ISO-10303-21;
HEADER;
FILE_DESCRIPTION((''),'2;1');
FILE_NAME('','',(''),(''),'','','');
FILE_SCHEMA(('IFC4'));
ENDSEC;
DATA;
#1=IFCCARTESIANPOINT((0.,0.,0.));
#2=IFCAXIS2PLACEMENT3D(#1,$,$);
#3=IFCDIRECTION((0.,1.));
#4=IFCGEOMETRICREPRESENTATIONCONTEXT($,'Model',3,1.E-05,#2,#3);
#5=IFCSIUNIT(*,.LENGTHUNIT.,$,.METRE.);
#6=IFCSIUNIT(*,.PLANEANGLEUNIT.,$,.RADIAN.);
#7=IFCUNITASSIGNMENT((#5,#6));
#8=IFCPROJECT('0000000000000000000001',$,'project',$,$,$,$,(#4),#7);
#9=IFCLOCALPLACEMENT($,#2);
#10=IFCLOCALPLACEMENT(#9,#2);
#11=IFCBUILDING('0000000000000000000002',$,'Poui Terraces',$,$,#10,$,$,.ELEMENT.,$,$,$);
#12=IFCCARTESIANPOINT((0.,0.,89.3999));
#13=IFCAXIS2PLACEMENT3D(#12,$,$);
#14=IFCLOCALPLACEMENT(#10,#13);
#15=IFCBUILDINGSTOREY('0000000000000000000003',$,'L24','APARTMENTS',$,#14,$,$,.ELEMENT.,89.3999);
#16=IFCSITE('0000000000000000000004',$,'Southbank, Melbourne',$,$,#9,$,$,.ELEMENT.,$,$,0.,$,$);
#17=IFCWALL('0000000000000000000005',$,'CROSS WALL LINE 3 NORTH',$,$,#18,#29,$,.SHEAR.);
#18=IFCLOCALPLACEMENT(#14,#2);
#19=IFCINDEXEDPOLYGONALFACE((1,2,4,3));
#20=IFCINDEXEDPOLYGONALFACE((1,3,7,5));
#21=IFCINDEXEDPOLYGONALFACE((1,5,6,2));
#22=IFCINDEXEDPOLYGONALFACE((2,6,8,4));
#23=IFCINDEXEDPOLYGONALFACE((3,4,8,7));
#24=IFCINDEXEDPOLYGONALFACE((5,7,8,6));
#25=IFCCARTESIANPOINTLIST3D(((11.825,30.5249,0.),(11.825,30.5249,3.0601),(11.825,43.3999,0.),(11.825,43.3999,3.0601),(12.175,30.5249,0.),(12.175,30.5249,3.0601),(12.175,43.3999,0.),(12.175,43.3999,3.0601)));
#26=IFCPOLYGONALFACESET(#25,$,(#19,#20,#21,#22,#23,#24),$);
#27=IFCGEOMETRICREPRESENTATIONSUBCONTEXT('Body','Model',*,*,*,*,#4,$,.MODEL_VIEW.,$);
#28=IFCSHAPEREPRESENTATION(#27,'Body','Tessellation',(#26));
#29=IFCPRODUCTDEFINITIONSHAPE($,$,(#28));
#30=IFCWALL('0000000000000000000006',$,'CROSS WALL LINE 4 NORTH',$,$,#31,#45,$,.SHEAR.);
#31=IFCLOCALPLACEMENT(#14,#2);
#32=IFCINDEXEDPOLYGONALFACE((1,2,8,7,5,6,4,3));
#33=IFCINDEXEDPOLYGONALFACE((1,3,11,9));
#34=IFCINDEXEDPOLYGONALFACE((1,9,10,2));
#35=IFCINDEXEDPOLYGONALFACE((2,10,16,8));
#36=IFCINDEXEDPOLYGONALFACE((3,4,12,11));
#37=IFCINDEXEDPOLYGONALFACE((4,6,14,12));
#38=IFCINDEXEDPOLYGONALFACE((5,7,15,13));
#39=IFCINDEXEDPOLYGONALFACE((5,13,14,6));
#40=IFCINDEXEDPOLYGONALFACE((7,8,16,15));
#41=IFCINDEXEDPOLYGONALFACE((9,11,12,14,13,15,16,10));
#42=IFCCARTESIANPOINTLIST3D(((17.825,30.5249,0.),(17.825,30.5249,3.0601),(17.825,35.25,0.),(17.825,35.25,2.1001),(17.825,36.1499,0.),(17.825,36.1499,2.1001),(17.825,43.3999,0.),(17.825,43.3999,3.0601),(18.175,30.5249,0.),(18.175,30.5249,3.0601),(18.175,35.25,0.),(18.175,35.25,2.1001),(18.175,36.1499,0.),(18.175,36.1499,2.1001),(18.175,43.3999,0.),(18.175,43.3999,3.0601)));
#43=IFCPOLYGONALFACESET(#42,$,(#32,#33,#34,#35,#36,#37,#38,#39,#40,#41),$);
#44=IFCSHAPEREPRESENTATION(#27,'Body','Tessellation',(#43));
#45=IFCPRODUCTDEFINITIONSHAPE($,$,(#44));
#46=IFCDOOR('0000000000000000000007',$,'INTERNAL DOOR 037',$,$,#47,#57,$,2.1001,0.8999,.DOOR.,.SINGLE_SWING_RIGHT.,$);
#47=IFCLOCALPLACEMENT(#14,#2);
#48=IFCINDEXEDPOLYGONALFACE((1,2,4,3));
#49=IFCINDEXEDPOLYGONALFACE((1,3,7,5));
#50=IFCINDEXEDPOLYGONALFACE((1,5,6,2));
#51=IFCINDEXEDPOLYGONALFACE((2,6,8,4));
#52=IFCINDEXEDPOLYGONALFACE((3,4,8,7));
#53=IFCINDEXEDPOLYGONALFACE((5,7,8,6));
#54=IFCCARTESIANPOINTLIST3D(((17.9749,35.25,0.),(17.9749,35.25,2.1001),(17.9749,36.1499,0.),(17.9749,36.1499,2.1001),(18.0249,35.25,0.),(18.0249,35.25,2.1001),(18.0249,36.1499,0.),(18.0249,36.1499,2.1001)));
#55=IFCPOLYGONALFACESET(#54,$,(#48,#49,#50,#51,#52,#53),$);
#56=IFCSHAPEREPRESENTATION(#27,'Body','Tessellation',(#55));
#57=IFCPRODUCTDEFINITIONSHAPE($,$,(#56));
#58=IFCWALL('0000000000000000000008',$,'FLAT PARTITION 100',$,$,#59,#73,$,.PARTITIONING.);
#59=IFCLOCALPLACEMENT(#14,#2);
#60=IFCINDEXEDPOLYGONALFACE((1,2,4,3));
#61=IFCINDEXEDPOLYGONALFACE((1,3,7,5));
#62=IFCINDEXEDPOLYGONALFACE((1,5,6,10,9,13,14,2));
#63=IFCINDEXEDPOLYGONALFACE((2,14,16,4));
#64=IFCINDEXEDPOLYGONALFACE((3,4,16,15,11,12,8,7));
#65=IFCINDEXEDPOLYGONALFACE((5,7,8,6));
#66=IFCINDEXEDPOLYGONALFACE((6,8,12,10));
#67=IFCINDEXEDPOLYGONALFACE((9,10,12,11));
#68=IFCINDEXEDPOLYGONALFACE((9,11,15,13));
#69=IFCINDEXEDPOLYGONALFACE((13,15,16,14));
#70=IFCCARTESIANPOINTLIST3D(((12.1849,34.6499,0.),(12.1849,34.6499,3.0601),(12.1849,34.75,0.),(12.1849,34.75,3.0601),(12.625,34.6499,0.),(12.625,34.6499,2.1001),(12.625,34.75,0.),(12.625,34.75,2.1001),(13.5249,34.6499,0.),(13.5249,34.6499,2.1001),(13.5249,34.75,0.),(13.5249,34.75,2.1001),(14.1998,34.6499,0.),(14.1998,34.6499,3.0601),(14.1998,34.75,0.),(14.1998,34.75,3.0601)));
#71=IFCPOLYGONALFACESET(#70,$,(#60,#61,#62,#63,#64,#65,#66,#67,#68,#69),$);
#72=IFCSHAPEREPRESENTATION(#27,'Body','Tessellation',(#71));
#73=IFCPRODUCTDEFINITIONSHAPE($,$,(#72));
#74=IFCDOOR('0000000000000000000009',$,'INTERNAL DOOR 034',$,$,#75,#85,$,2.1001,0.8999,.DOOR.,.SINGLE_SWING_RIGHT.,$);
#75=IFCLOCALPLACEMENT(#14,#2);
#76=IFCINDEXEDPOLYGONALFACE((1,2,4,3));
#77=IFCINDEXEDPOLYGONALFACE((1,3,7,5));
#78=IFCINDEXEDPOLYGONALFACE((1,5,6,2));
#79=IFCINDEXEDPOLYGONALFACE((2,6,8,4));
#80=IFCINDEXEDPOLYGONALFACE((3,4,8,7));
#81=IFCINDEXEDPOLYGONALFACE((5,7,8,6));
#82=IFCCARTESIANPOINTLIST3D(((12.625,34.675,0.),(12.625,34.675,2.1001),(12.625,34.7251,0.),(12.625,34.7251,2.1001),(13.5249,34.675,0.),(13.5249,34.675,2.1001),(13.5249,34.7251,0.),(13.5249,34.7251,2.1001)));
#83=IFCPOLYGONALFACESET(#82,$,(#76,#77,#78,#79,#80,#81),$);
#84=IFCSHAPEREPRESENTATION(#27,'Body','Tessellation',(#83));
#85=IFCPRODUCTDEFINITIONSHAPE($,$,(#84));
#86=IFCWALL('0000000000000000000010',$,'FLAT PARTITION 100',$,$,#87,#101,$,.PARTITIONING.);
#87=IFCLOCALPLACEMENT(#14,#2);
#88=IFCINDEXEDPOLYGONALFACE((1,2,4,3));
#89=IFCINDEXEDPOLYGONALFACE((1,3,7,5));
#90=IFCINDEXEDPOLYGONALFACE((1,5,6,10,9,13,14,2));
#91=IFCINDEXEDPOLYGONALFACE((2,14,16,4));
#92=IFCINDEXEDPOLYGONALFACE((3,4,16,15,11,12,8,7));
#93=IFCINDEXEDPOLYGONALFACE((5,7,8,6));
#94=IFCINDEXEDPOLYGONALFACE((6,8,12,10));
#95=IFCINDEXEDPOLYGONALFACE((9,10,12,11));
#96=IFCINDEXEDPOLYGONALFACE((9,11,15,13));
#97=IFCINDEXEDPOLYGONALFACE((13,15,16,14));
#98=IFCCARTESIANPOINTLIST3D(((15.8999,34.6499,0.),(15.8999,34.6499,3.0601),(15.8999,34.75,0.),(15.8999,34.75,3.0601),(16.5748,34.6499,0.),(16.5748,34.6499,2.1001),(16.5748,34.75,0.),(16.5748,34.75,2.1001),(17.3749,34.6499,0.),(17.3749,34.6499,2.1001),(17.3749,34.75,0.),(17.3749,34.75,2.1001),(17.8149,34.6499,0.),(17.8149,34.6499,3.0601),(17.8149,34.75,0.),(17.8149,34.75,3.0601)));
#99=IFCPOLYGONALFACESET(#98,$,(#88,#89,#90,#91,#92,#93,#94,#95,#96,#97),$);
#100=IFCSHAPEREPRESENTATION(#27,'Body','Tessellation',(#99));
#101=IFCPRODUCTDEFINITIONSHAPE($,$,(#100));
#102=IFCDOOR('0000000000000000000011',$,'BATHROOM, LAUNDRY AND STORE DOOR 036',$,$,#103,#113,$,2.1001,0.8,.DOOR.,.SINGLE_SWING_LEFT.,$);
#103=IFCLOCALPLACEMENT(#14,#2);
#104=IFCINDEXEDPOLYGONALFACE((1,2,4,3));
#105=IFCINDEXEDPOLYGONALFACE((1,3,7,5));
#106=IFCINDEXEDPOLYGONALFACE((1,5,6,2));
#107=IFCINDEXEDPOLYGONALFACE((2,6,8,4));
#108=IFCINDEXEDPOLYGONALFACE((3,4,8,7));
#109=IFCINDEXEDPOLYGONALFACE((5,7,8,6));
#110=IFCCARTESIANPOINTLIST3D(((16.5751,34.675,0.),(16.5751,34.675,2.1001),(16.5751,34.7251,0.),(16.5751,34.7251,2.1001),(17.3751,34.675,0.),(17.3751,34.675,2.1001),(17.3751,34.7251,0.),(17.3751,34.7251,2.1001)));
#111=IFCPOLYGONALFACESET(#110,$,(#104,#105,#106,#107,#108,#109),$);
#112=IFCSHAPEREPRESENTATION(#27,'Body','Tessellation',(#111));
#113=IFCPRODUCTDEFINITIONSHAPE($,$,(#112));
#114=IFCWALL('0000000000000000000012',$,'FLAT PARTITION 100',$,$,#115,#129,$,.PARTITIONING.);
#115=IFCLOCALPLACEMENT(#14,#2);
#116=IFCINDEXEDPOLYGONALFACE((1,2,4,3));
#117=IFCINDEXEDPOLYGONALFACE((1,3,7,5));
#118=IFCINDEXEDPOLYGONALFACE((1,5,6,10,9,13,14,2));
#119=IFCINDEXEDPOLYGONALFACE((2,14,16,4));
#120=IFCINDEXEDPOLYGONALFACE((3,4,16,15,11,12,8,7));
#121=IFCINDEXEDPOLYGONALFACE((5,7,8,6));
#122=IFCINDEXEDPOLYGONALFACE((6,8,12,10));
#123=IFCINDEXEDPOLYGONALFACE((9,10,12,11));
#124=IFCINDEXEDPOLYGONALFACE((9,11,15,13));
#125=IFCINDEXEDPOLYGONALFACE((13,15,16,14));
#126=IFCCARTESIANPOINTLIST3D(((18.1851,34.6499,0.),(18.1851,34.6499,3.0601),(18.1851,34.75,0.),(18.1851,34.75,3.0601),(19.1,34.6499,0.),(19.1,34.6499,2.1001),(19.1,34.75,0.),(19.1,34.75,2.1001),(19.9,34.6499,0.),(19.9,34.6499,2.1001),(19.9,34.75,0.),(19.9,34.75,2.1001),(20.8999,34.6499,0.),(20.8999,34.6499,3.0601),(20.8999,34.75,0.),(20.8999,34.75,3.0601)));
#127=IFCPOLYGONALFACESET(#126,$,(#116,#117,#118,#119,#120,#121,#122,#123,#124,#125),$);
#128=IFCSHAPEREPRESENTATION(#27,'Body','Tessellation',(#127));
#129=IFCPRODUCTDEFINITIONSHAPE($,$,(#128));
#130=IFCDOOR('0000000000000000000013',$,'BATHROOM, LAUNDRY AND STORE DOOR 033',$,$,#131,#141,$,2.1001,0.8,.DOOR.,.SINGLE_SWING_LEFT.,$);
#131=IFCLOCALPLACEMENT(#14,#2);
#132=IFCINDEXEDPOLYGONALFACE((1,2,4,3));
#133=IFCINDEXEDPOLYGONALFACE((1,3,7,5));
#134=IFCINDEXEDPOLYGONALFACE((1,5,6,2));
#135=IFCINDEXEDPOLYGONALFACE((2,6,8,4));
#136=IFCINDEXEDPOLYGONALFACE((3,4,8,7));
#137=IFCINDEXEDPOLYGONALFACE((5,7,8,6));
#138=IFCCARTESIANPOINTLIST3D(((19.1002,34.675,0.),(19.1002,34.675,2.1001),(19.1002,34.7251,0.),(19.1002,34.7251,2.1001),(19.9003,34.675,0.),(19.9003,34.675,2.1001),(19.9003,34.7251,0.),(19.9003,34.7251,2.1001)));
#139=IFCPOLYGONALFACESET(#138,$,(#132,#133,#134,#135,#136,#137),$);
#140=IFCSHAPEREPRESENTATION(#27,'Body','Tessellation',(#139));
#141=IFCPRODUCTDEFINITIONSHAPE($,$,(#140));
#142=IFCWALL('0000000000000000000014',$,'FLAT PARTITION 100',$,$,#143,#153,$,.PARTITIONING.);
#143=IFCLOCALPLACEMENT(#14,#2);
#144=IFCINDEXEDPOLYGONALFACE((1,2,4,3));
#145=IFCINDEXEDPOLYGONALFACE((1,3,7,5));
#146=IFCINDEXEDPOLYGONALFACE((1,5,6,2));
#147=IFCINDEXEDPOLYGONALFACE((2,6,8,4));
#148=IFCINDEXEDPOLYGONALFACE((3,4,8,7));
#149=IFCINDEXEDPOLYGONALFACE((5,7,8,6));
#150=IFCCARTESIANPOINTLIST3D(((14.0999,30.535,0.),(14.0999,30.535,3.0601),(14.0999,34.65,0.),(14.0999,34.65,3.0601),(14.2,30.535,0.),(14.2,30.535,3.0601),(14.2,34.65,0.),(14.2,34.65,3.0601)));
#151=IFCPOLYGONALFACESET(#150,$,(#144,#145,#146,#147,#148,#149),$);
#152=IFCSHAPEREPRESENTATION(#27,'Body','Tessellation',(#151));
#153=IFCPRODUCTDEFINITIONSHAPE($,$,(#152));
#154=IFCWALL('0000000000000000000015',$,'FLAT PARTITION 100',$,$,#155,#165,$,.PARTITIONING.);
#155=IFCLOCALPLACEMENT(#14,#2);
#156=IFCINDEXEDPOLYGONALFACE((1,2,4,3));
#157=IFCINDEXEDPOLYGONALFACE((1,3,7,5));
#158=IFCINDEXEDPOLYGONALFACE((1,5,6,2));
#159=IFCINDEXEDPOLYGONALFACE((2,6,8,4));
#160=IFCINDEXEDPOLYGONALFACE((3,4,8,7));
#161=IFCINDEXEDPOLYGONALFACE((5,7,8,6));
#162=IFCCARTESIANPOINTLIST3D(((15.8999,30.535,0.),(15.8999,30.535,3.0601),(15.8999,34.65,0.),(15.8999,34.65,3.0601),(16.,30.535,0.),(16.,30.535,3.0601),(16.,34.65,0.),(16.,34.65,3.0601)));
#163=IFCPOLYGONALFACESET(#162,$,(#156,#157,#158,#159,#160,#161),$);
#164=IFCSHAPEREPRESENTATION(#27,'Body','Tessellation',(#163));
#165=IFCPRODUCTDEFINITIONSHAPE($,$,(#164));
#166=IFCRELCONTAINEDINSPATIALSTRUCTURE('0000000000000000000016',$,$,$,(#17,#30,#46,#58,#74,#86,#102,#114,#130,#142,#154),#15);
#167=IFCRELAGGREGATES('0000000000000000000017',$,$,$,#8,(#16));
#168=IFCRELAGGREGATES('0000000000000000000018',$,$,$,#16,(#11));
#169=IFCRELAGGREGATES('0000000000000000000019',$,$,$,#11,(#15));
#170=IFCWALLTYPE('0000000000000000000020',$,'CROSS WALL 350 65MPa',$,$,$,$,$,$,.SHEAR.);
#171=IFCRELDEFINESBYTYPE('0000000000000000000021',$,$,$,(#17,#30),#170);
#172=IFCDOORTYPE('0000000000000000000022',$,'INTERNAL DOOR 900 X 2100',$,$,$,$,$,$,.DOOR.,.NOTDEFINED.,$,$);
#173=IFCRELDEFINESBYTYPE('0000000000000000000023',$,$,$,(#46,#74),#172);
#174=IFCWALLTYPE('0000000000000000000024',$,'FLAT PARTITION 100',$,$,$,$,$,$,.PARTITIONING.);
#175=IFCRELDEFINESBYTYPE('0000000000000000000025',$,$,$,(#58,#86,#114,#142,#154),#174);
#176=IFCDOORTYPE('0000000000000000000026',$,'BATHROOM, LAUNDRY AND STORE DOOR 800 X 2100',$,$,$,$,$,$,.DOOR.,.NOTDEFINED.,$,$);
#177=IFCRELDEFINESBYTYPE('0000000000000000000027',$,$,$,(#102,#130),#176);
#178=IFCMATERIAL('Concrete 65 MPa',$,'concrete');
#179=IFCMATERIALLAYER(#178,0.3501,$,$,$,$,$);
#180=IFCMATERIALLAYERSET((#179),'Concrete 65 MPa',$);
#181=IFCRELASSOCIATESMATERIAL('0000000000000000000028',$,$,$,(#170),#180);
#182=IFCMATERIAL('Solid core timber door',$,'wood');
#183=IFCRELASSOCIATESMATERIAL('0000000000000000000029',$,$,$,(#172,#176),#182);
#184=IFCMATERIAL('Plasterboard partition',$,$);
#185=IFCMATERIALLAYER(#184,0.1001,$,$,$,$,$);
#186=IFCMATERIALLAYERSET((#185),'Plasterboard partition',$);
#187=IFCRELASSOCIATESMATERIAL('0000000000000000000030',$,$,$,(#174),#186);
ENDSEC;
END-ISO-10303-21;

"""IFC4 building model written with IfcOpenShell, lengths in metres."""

from ifc_helpers import new_model, si_unit, direction, frame, frame_2d, origin, place, context, subcontext, project, spatial, rectangle, extrude, material, layer, layer_set, type_object, element, fill, save


model = new_model("IFC4")

# Units and contexts
model_context = context("Model", 3, precision=1e-05, world=origin(), true_north=direction((0.0, 1.0)))
body_context = subcontext(model_context, "Body", "Model", "MODEL_VIEW")
ifc_project = project(units=[si_unit("LENGTHUNIT", "METRE"), si_unit("PLANEANGLEUNIT", "RADIAN")], contexts=[model_context])

# Site, building, storey
site_placement = place(None, origin())
site = spatial("IfcSite", under=ifc_project, at=site_placement, Name="Southbank, Melbourne", CompositionType="ELEMENT", RefElevation=0.0)
building_placement = place(site_placement, origin())
building = spatial("IfcBuilding", under=site, at=building_placement, Name="Poui Terraces", CompositionType="ELEMENT")
storey_placement = place(building_placement, frame((0.0, 0.0, 89.3999)))
storey = spatial("IfcBuildingStorey", under=building, at=storey_placement, Name="L24", Description="APARTMENTS", CompositionType="ELEMENT", Elevation=89.3999)

# Wall
ifc_material_1 = material(Name="Concrete 65 MPa", Category="concrete")
ifc_layer_1 = layer(ifc_material_1, 0.3501)
ifc_layer_set_1 = layer_set([ifc_layer_1], Name="Concrete 65 MPa")
wall_type_1 = type_object("IfcWallType", Name="CROSS WALL 350 65MPa", PredefinedType="SHEAR", material=ifc_layer_set_1)
wall_1_placement = place(storey_placement, frame((12.0, 30.5249, 0.0), z_axis=(0.0, 0.0, 1.0), x_axis=(0.0, 1.0, 0.0)))
element("IfcWall", 1, at=wall_1_placement, inside=storey, type_object=wall_type_1, Name="CROSS WALL LINE 3 NORTH", PredefinedType="SHEAR", context=body_context, shape_type="SweptSolid", body=[
    extrude(rectangle(XDim=12.875, YDim=0.3501, at=frame_2d((6.4375, 0.0))), origin(), (0.0, 0.0, 1.0), 3.0601),
])

# Walls, openings, doors
wall_2_placement = place(storey_placement, frame((18.0, 30.5249, 0.0), z_axis=(0.0, 0.0, 1.0), x_axis=(0.0, 1.0, 0.0)))
wall_2 = element("IfcWall", 2, at=wall_2_placement, inside=storey, type_object=wall_type_1, Name="CROSS WALL LINE 4 NORTH", PredefinedType="SHEAR", context=body_context, shape_type="SweptSolid", body=[
    extrude(rectangle(XDim=12.875, YDim=0.3501, at=frame_2d((6.4375, 0.0))), origin(), (0.0, 0.0, 1.0), 3.0601),
])
opening_1_placement = place(wall_2_placement, frame((4.7251, 0.0, 0.0)))
opening_1 = element("IfcOpeningElement", 3, at=opening_1_placement, cuts=wall_2, PredefinedType="OPENING", context=body_context, shape_type="SweptSolid", body=[
    extrude(rectangle(XDim=0.8999, YDim=2.1001, at=frame_2d((0.45, 1.05))), frame((0.0, 0.1851, 0.0), z_axis=(0.0, -1.0, 0.0), x_axis=(1.0, 0.0, 0.0)), (0.0, 0.0, 1.0), 0.3701),
])
ifc_material_2 = material(Name="Solid core timber door", Category="wood")
door_type_1 = type_object("IfcDoorType", Name="INTERNAL DOOR 900 X 2100", OperationType="NOTDEFINED", PredefinedType="DOOR", material=ifc_material_2)
door_1_placement = place(opening_1_placement, frame((0.8999, 0.0, 0.0), z_axis=(0.0, 0.0, 1.0), x_axis=(-1.0, 0.0, 0.0)))
door_1 = element("IfcDoor", 4, at=door_1_placement, inside=storey, type_object=door_type_1, Name="INTERNAL DOOR 037", OperationType="SINGLE_SWING_RIGHT", OverallHeight=2.1001, OverallWidth=0.8999, PredefinedType="DOOR", context=body_context, shape_type="SweptSolid", body=[
    extrude(rectangle(XDim=0.8999, YDim=2.1001, at=frame_2d((0.45, 1.05))), frame((0.0, 0.0249, 0.0), z_axis=(0.0, -1.0, 0.0), x_axis=(1.0, 0.0, 0.0)), (0.0, 0.0, 1.0), 0.05),
])
fill(opening_1, door_1)
ifc_material_3 = material(Name="Plasterboard partition")
ifc_layer_2 = layer(ifc_material_3, 0.1001)
ifc_layer_set_2 = layer_set([ifc_layer_2], Name="Plasterboard partition")
wall_type_2 = type_object("IfcWallType", Name="FLAT PARTITION 100", PredefinedType="PARTITIONING", material=ifc_layer_set_2)
wall_3_placement = place(storey_placement, frame((12.1851, 34.7, 0.0), z_axis=(0.0, 0.0, 1.0), x_axis=(1.0, 0.0, 0.0)))
wall_3 = element("IfcWall", 5, at=wall_3_placement, inside=storey, type_object=wall_type_2, Name="FLAT PARTITION 100", PredefinedType="PARTITIONING", context=body_context, shape_type="SweptSolid", body=[
    extrude(rectangle(XDim=2.0149, YDim=0.1001, at=frame_2d((1.0073, 0.0))), origin(), (0.0, 0.0, 1.0), 3.0601),
])
opening_2_placement = place(wall_3_placement, frame((0.4399, 0.0, 0.0)))
opening_2 = element("IfcOpeningElement", 6, at=opening_2_placement, cuts=wall_3, PredefinedType="OPENING", context=body_context, shape_type="SweptSolid", body=[
    extrude(rectangle(XDim=0.8999, YDim=2.1001, at=frame_2d((0.45, 1.05))), frame((0.0, 0.0601, 0.0), z_axis=(0.0, -1.0, 0.0), x_axis=(1.0, 0.0, 0.0)), (0.0, 0.0, 1.0), 0.1201),
])
door_2_placement = place(opening_2_placement, frame((0.8999, 0.0, 0.0), z_axis=(0.0, 0.0, 1.0), x_axis=(-1.0, 0.0, 0.0)))
door_2 = element("IfcDoor", 7, at=door_2_placement, inside=storey, type_object=door_type_1, Name="INTERNAL DOOR 034", OperationType="SINGLE_SWING_RIGHT", OverallHeight=2.1001, OverallWidth=0.8999, PredefinedType="DOOR", context=body_context, shape_type="SweptSolid", body=[
    extrude(rectangle(XDim=0.8999, YDim=2.1001, at=frame_2d((0.45, 1.05))), frame((0.0, 0.0249, 0.0), z_axis=(0.0, -1.0, 0.0), x_axis=(1.0, 0.0, 0.0)), (0.0, 0.0, 1.0), 0.05),
])
fill(opening_2, door_2)
wall_4_placement = place(storey_placement, frame((15.8999, 34.7, 0.0), z_axis=(0.0, 0.0, 1.0), x_axis=(1.0, 0.0, 0.0)))
wall_4 = element("IfcWall", 8, at=wall_4_placement, inside=storey, type_object=wall_type_2, Name="FLAT PARTITION 100", PredefinedType="PARTITIONING", context=body_context, shape_type="SweptSolid", body=[
    extrude(rectangle(XDim=1.915, YDim=0.1001, at=frame_2d((0.9575, 0.0))), origin(), (0.0, 0.0, 1.0), 3.0601),
])
opening_3_placement = place(wall_4_placement, frame((0.675, 0.0, 0.0)))
opening_3 = element("IfcOpeningElement", 9, at=opening_3_placement, cuts=wall_4, PredefinedType="OPENING", context=body_context, shape_type="SweptSolid", body=[
    extrude(rectangle(XDim=0.8, YDim=2.1001, at=frame_2d((0.3999, 1.05))), frame((0.0, 0.0601, 0.0), z_axis=(0.0, -1.0, 0.0), x_axis=(1.0, 0.0, 0.0)), (0.0, 0.0, 1.0), 0.1201),
])
door_type_2 = type_object("IfcDoorType", Name="BATHROOM, LAUNDRY AND STORE DOOR 800 X 2100", OperationType="NOTDEFINED", PredefinedType="DOOR", material=ifc_material_2)
door_3_placement = place(opening_3_placement, frame((0.8, 0.0, 0.0), z_axis=(0.0, 0.0, 1.0), x_axis=(-1.0, 0.0, 0.0)))
door_3 = element("IfcDoor", 10, at=door_3_placement, inside=storey, type_object=door_type_2, Name="BATHROOM, LAUNDRY AND STORE DOOR 036", OperationType="SINGLE_SWING_LEFT", OverallHeight=2.1001, OverallWidth=0.8, PredefinedType="DOOR", context=body_context, shape_type="SweptSolid", body=[
    extrude(rectangle(XDim=0.8, YDim=2.1001, at=frame_2d((0.3999, 1.05))), frame((0.0, 0.0249, 0.0), z_axis=(0.0, -1.0, 0.0), x_axis=(1.0, 0.0, 0.0)), (0.0, 0.0, 1.0), 0.05),
])
fill(opening_3, door_3)
wall_5_placement = place(storey_placement, frame((18.1851, 34.7, 0.0), z_axis=(0.0, 0.0, 1.0), x_axis=(1.0, 0.0, 0.0)))
wall_5 = element("IfcWall", 11, at=wall_5_placement, inside=storey, type_object=wall_type_2, Name="FLAT PARTITION 100", PredefinedType="PARTITIONING", context=body_context, shape_type="SweptSolid", body=[
    extrude(rectangle(XDim=2.7148, YDim=0.1001, at=frame_2d((1.3574, 0.0))), origin(), (0.0, 0.0, 1.0), 3.0601),
])
opening_4_placement = place(wall_5_placement, frame((0.915, 0.0, 0.0)))
opening_4 = element("IfcOpeningElement", 12, at=opening_4_placement, cuts=wall_5, PredefinedType="OPENING", context=body_context, shape_type="SweptSolid", body=[
    extrude(rectangle(XDim=0.8, YDim=2.1001, at=frame_2d((0.3999, 1.05))), frame((0.0, 0.0601, 0.0), z_axis=(0.0, -1.0, 0.0), x_axis=(1.0, 0.0, 0.0)), (0.0, 0.0, 1.0), 0.1201),
])
door_4_placement = place(opening_4_placement, frame((0.8, 0.0, 0.0), z_axis=(0.0, 0.0, 1.0), x_axis=(-1.0, 0.0, 0.0)))
door_4 = element("IfcDoor", 13, at=door_4_placement, inside=storey, type_object=door_type_2, Name="BATHROOM, LAUNDRY AND STORE DOOR 033", OperationType="SINGLE_SWING_LEFT", OverallHeight=2.1001, OverallWidth=0.8, PredefinedType="DOOR", context=body_context, shape_type="SweptSolid", body=[
    extrude(rectangle(XDim=0.8, YDim=2.1001, at=frame_2d((0.3999, 1.05))), frame((0.0, 0.0249, 0.0), z_axis=(0.0, -1.0, 0.0), x_axis=(1.0, 0.0, 0.0)), (0.0, 0.0, 1.0), 0.05),
])
fill(opening_4, door_4)

# Walls
for number, where, z_axis, x_axis, name in (
    (14, (14.1499, 30.5349, 0.0), (0.0, 0.0, 1.0), (0.0, 1.0, 0.0), "FLAT PARTITION 100"),
    (15, (15.95, 30.5349, 0.0), (0.0, 0.0, 1.0), (0.0, 1.0, 0.0), "FLAT PARTITION 100"),
):
    element("IfcWall", number, at=place(storey_placement, frame(where, z_axis=z_axis, x_axis=x_axis)), inside=storey, type_object=wall_type_2, Name=name, PredefinedType="PARTITIONING", context=body_context, shape_type="SweptSolid", body=[
        extrude(rectangle(XDim=4.115, YDim=0.1001, at=frame_2d((2.0576, 0.0))), origin(), (0.0, 0.0, 1.0), 3.0601),
    ])

save(model, "model.ifc")
